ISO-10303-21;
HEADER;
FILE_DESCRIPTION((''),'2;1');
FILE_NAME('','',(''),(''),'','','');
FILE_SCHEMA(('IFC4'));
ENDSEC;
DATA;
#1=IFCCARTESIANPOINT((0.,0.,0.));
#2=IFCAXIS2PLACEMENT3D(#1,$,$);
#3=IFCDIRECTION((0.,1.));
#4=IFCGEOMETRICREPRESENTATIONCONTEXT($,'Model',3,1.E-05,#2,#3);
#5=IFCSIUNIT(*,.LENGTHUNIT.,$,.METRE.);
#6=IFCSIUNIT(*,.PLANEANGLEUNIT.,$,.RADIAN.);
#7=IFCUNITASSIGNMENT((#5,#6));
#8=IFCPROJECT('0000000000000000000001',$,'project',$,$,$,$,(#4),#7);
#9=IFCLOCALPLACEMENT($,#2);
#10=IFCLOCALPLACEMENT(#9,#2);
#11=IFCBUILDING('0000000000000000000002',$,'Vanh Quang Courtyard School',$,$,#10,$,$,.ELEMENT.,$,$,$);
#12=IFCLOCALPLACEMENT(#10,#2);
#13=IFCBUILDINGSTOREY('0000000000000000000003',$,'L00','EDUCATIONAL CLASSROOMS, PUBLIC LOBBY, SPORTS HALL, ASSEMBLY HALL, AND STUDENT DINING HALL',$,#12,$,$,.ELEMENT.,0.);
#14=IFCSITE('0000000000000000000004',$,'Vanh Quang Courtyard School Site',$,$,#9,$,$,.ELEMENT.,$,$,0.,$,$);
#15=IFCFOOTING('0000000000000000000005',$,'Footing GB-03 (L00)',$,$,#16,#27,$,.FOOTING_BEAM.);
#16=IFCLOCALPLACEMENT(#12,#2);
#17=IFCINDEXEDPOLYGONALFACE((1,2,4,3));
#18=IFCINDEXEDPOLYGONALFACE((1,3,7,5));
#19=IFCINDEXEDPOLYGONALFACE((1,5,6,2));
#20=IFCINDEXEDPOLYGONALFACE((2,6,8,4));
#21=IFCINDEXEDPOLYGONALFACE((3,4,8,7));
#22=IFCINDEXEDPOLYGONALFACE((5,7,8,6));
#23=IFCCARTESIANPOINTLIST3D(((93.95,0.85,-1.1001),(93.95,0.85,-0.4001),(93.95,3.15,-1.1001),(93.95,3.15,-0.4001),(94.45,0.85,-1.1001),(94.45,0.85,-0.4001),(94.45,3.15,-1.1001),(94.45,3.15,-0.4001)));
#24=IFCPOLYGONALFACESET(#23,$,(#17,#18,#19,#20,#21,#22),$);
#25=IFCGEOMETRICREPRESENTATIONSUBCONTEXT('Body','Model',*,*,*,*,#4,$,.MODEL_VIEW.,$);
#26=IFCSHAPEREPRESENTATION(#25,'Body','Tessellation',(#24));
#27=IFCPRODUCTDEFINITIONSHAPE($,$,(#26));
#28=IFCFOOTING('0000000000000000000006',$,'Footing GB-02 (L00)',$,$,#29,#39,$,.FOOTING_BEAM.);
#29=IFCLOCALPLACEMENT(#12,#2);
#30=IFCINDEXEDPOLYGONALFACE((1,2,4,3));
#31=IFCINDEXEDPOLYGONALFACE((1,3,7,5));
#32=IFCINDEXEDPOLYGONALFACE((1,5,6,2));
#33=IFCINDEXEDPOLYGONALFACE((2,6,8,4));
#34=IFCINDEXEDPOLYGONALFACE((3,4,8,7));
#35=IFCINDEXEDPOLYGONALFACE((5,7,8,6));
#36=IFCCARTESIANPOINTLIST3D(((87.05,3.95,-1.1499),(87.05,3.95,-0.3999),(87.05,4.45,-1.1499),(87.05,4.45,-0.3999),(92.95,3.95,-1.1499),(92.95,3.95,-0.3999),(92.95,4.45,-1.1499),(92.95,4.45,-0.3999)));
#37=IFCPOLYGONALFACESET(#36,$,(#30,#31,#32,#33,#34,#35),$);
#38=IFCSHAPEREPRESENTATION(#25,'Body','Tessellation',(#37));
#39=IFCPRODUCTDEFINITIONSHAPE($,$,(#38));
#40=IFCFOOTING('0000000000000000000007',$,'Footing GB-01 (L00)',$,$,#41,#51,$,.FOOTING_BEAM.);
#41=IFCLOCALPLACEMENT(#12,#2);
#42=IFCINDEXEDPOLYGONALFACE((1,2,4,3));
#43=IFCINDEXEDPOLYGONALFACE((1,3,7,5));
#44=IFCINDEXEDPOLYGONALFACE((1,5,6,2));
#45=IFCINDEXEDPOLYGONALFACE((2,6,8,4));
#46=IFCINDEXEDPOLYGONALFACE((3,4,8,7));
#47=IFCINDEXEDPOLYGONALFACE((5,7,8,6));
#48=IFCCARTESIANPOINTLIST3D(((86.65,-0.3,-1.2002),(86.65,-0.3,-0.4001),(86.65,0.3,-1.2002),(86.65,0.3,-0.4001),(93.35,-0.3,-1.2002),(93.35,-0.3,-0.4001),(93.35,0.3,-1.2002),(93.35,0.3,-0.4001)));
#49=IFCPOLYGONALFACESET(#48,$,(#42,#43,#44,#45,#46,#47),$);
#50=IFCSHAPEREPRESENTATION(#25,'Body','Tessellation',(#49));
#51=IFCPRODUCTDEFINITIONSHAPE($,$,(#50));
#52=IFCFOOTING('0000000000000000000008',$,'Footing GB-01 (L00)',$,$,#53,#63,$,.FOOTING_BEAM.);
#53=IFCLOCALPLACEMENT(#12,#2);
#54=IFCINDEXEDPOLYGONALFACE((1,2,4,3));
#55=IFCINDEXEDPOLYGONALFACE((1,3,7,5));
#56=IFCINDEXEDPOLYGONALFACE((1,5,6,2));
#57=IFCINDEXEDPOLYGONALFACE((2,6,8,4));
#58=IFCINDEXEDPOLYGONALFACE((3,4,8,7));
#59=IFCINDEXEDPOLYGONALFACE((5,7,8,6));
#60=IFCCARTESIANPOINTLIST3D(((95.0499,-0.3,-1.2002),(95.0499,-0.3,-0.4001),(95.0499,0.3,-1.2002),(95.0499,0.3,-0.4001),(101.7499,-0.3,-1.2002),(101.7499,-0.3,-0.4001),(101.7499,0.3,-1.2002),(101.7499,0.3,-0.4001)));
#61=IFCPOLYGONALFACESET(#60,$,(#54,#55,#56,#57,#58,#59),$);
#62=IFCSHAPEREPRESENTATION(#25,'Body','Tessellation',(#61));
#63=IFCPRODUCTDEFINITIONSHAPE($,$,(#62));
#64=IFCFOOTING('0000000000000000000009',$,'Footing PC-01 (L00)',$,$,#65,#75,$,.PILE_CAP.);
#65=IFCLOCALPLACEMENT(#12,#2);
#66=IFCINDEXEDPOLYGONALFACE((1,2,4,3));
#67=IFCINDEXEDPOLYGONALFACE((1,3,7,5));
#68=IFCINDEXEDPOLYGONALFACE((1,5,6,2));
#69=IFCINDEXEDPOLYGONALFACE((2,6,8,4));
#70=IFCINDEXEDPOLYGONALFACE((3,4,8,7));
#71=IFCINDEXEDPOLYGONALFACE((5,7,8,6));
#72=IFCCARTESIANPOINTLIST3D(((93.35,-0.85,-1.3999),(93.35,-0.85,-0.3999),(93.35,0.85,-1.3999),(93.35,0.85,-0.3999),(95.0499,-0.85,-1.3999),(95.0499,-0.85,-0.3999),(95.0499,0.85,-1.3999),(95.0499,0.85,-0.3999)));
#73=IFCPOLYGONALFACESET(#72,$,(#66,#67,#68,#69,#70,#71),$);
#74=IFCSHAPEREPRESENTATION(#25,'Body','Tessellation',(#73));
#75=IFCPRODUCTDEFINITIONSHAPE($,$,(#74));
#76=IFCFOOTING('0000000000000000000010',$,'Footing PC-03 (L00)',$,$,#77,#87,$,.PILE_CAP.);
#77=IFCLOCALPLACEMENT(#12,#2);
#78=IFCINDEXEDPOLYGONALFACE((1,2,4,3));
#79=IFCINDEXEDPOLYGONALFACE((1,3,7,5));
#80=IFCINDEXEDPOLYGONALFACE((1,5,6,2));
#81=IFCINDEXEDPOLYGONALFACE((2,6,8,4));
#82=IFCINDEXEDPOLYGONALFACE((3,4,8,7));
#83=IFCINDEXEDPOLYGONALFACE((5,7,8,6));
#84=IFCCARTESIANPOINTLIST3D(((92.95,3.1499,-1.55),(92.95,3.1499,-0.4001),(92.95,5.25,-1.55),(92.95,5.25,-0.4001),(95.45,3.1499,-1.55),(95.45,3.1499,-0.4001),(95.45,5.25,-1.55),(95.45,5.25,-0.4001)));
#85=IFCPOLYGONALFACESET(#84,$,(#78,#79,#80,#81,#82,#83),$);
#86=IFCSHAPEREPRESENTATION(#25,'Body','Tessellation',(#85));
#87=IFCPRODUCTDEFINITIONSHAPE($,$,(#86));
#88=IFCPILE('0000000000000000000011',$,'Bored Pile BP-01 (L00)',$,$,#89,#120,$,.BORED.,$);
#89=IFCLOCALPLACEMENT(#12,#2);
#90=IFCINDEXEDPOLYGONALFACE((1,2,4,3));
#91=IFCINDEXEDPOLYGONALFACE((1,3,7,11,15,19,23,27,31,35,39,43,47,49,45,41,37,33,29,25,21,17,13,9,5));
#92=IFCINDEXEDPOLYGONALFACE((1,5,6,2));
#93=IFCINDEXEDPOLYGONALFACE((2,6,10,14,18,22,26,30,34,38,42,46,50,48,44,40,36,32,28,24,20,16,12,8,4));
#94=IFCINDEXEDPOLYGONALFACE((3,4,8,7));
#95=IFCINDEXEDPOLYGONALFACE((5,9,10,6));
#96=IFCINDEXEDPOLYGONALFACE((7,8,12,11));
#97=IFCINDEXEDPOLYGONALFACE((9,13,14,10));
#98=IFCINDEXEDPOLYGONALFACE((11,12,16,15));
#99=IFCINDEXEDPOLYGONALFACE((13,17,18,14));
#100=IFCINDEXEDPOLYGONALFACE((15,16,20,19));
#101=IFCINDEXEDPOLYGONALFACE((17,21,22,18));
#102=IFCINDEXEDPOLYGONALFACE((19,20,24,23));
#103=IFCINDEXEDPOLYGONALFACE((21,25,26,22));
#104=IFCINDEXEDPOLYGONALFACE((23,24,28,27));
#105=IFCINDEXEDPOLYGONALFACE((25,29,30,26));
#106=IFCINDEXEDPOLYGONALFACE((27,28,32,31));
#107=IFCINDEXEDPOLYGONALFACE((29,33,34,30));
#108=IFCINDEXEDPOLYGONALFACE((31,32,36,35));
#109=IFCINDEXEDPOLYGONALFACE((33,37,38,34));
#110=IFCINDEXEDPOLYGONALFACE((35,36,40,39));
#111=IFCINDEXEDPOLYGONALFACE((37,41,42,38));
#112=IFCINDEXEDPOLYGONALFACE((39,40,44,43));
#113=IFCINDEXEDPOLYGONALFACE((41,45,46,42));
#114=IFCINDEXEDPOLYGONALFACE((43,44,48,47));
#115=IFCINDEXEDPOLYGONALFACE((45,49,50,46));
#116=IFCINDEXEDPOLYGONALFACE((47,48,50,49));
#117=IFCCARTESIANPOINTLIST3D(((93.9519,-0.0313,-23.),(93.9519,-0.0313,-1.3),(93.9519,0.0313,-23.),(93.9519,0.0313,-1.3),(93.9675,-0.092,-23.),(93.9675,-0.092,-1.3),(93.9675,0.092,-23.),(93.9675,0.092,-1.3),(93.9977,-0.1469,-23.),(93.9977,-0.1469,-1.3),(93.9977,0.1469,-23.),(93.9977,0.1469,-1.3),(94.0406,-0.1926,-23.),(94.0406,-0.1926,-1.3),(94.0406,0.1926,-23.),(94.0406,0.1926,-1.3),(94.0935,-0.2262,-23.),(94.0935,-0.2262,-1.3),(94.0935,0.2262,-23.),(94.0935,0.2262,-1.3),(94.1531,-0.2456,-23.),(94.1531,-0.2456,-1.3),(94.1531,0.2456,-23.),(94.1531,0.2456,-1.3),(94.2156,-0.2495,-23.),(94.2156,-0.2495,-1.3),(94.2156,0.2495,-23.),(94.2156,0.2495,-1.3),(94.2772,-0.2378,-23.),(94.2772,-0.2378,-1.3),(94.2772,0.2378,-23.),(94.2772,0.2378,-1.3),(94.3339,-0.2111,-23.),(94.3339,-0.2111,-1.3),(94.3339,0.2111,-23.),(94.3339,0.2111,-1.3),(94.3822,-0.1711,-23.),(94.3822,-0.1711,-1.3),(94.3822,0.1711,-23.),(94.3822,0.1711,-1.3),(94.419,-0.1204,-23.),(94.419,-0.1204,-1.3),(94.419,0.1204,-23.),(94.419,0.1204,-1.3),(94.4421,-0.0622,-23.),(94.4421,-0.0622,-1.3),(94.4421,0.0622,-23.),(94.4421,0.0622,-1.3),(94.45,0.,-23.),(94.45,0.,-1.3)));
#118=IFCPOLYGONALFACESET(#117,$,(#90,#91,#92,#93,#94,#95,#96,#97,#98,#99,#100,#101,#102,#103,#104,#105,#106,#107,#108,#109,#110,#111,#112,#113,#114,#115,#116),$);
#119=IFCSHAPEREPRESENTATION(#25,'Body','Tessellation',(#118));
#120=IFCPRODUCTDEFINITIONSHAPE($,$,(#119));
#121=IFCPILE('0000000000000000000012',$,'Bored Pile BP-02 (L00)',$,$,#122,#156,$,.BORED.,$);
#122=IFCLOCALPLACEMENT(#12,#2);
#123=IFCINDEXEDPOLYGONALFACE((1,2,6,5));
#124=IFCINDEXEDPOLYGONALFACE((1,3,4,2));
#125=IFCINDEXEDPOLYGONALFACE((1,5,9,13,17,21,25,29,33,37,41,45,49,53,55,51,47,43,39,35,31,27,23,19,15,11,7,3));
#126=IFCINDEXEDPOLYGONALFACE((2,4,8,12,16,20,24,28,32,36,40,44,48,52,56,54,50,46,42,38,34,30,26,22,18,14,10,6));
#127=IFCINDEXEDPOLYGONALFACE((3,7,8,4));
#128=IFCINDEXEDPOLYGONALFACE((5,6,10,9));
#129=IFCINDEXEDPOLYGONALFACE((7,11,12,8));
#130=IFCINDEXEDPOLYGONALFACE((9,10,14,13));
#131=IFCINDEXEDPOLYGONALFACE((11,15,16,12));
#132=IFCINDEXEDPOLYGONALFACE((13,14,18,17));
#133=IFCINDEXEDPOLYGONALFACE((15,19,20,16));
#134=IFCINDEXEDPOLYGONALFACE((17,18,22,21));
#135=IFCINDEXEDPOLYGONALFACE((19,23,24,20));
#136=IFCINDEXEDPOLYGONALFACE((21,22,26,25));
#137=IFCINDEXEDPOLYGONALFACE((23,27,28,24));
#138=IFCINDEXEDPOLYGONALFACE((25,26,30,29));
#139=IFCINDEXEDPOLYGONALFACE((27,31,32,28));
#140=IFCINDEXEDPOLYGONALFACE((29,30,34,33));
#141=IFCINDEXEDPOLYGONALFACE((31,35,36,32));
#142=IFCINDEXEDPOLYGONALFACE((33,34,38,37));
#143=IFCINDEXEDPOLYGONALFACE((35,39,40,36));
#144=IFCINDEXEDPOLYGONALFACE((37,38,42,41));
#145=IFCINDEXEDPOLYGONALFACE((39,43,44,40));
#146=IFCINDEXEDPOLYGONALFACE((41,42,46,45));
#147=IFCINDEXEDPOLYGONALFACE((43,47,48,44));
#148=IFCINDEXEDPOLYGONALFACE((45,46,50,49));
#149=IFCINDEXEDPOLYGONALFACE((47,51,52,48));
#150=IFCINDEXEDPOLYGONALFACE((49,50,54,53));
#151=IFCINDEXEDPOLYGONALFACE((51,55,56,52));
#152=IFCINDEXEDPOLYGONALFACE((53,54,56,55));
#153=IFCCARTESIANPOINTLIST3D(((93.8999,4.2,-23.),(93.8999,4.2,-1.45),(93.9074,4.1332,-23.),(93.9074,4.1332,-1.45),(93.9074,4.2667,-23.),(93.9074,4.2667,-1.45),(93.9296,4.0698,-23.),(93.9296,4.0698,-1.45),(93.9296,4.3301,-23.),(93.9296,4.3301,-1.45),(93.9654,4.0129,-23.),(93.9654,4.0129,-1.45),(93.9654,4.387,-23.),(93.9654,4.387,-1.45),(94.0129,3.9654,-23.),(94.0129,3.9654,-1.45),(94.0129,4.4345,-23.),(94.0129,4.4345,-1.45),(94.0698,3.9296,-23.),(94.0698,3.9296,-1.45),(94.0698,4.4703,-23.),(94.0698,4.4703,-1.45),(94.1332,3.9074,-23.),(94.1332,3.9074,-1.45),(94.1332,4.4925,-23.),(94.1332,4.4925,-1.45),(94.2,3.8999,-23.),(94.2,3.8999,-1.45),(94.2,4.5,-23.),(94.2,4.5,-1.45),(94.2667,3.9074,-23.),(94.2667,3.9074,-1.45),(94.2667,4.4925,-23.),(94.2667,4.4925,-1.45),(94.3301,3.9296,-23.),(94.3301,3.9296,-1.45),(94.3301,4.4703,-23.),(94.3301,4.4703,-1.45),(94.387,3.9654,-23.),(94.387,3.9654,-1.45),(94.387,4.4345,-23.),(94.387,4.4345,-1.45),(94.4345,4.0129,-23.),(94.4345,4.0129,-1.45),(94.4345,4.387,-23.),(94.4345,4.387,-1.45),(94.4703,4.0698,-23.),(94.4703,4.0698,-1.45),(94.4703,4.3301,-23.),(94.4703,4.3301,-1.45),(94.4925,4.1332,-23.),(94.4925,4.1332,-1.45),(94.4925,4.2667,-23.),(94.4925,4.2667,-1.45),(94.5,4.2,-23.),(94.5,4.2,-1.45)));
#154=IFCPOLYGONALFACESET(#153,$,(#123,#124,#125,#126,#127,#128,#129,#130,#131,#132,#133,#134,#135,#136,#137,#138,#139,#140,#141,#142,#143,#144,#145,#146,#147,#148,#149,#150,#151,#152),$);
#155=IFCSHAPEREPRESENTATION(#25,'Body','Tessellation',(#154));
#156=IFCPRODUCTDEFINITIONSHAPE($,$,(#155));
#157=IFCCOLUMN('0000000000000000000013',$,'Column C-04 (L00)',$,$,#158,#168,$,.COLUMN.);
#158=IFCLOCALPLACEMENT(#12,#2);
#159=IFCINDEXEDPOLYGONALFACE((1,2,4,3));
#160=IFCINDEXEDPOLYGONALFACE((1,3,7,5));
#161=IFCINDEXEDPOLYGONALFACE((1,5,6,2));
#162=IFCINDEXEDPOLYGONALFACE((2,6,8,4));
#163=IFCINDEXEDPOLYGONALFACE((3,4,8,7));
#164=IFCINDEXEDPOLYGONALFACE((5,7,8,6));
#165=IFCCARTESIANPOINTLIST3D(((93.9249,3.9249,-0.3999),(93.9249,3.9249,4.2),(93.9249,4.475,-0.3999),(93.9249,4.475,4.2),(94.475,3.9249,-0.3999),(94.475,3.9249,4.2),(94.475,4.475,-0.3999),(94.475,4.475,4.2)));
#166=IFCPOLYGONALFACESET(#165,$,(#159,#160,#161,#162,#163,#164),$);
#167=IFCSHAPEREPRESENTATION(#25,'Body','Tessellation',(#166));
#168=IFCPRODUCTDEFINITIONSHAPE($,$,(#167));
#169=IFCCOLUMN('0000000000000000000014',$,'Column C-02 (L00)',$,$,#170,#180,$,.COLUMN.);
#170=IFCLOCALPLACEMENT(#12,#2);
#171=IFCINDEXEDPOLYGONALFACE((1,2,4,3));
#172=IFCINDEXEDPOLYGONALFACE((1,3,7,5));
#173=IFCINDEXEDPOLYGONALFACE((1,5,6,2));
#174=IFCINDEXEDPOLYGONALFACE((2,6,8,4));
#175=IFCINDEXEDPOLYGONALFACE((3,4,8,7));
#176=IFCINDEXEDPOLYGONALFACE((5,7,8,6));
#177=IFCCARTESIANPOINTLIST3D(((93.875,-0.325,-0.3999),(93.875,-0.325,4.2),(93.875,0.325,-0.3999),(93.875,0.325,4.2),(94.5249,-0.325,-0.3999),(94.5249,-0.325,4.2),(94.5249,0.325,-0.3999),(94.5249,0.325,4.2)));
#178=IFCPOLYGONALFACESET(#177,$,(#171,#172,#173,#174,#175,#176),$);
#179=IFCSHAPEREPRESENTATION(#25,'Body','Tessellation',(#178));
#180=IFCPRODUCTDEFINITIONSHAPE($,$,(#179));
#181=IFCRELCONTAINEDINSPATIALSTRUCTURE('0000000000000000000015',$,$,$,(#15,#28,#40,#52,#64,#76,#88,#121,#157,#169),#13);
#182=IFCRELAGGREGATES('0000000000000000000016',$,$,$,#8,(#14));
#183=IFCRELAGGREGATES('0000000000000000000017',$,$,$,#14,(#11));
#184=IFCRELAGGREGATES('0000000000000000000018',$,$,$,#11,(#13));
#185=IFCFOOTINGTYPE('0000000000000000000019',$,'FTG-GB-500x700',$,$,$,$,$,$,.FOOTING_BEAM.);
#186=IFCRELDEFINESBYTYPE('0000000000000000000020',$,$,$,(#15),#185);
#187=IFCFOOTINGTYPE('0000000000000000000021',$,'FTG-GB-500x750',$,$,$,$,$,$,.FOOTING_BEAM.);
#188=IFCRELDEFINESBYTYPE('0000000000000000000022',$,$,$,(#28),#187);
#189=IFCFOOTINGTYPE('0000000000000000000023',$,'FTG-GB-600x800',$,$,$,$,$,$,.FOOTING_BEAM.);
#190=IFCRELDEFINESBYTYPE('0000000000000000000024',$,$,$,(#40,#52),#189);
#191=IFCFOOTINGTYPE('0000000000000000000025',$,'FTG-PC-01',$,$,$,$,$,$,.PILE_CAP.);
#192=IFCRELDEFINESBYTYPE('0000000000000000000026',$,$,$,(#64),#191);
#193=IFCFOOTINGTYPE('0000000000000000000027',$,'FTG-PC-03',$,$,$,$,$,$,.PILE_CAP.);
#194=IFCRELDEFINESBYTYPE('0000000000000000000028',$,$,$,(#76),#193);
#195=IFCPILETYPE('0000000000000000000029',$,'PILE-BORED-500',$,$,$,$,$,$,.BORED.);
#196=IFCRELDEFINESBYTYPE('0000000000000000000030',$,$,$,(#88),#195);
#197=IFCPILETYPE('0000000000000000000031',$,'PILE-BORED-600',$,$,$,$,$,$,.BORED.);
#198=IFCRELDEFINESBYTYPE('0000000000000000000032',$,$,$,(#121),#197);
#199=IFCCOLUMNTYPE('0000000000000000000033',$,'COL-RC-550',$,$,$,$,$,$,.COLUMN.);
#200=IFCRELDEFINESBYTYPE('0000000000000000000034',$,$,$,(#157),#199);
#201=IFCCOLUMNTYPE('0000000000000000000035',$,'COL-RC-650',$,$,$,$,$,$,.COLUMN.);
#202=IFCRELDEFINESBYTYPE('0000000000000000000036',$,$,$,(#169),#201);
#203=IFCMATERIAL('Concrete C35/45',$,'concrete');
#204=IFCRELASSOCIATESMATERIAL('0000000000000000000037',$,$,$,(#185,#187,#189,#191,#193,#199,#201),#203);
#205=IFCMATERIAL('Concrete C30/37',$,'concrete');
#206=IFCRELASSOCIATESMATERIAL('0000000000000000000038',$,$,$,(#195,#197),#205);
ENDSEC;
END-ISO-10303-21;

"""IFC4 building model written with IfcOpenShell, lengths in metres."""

from ifc_helpers import new_model, si_unit, direction, frame, origin, origin_2d, place, context, subcontext, project, spatial, rectangle, circle, extrude, material, material_profile, profile_set, type_object, element, save


model = new_model("IFC4")

# Units and contexts
model_context = context("Model", 3, precision=1e-05, world=origin(), true_north=direction((0.0, 1.0)))
body_context = subcontext(model_context, "Body", "Model", "MODEL_VIEW")
ifc_project = project(units=[si_unit("LENGTHUNIT", "METRE"), si_unit("PLANEANGLEUNIT", "RADIAN")], contexts=[model_context])

# Site, building, storey
site_placement = place(None, origin())
site = spatial("IfcSite", under=ifc_project, at=site_placement, Name="Vanh Quang Courtyard School Site", CompositionType="ELEMENT", RefElevation=0.0)
building_placement = place(site_placement, origin())
building = spatial("IfcBuilding", under=site, at=building_placement, Name="Vanh Quang Courtyard School", CompositionType="ELEMENT")
storey_placement = place(building_placement, origin())
storey = spatial("IfcBuildingStorey", under=building, at=storey_placement, Name="L00", Description="EDUCATIONAL CLASSROOMS, PUBLIC LOBBY, SPORTS HALL, ASSEMBLY HALL, AND STUDENT DINING HALL", CompositionType="ELEMENT", Elevation=0.0)

# Footings
ifc_material_1 = material(Name="Concrete C35/45", Category="concrete")
footing_type_1 = type_object("IfcFootingType", Name="FTG-GB-500x700", PredefinedType="FOOTING_BEAM", material=ifc_material_1)
footing_1_placement = place(storey_placement, frame((94.2, 2.0, -1.1001), z_axis=(0.0, 0.0, 1.0), x_axis=(0.0, 1.0, 0.0)))
element("IfcFooting", 1, at=footing_1_placement, inside=storey, type_object=footing_type_1, Name="Footing GB-03 (L00)", PredefinedType="FOOTING_BEAM", context=body_context, shape_type="SweptSolid", body=[
    extrude(rectangle(XDim=2.3, YDim=0.5, at=origin_2d()), origin(), (0.0, 0.0, 1.0), 0.7),
])
footing_type_2 = type_object("IfcFootingType", Name="FTG-GB-500x750", PredefinedType="FOOTING_BEAM", material=ifc_material_1)
footing_2_placement = place(storey_placement, frame((90.0, 4.2, -1.1499), z_axis=(0.0, 0.0, 1.0), x_axis=(1.0, 0.0, 0.0)))
element("IfcFooting", 2, at=footing_2_placement, inside=storey, type_object=footing_type_2, Name="Footing GB-02 (L00)", PredefinedType="FOOTING_BEAM", context=body_context, shape_type="SweptSolid", body=[
    extrude(rectangle(XDim=5.8999, YDim=0.5, at=origin_2d()), origin(), (0.0, 0.0, 1.0), 0.75),
])
footing_type_3 = type_object("IfcFootingType", Name="FTG-GB-600x800", PredefinedType="FOOTING_BEAM", material=ifc_material_1)
for number, where, z_axis, x_axis, name in (
    (3, (90.0, 0.0, -1.2002), (0.0, 0.0, 1.0), (1.0, 0.0, 0.0), "Footing GB-01 (L00)"),
    (4, (98.3999, 0.0, -1.2002), (0.0, 0.0, 1.0), (1.0, 0.0, 0.0), "Footing GB-01 (L00)"),
):
    element("IfcFooting", number, at=place(storey_placement, frame(where, z_axis=z_axis, x_axis=x_axis)), inside=storey, type_object=footing_type_3, Name=name, PredefinedType="FOOTING_BEAM", context=body_context, shape_type="SweptSolid", body=[
        extrude(rectangle(XDim=6.7, YDim=0.6001, at=origin_2d()), origin(), (0.0, 0.0, 1.0), 0.8),
    ])
footing_type_4 = type_object("IfcFootingType", Name="FTG-PC-01", PredefinedType="PILE_CAP", material=ifc_material_1)
footing_3_placement = place(storey_placement, frame((94.2, 0.0, -1.3999), z_axis=(0.0, 0.0, 1.0), x_axis=(1.0, 0.0, 0.0)))
element("IfcFooting", 5, at=footing_3_placement, inside=storey, type_object=footing_type_4, Name="Footing PC-01 (L00)", PredefinedType="PILE_CAP", context=body_context, shape_type="SweptSolid", body=[
    extrude(rectangle(XDim=1.7, YDim=1.7, at=origin_2d()), origin(), (0.0, 0.0, 1.0), 1.0),
])
footing_type_5 = type_object("IfcFootingType", Name="FTG-PC-03", PredefinedType="PILE_CAP", material=ifc_material_1)
footing_4_placement = place(storey_placement, frame((94.2, 4.2, -1.55), z_axis=(0.0, 0.0, 1.0), x_axis=(1.0, 0.0, 0.0)))
element("IfcFooting", 6, at=footing_4_placement, inside=storey, type_object=footing_type_5, Name="Footing PC-03 (L00)", PredefinedType="PILE_CAP", context=body_context, shape_type="SweptSolid", body=[
    extrude(rectangle(XDim=2.5, YDim=2.1001, at=origin_2d()), origin(), (0.0, 0.0, 1.0), 1.1499),
])

# Piles
ifc_material_2 = material(Name="Concrete C30/37", Category="concrete")
ifc_material_profile_1 = material_profile(ifc_material_2, circle(Radius=0.25, at=origin_2d()), Name="PILE D500")
ifc_profile_set_1 = profile_set([ifc_material_profile_1], Name="Concrete C30/37")
pile_type_1 = type_object("IfcPileType", Name="PILE-BORED-500", PredefinedType="BORED", material=ifc_profile_set_1)
pile_1_placement = place(storey_placement, frame((94.2, 0.0, -1.3), z_axis=(0.0, 0.0, -1.0), x_axis=(1.0, 0.0, 0.0)))
element("IfcPile", 7, at=pile_1_placement, inside=storey, type_object=pile_type_1, Name="Bored Pile BP-01 (L00)", PredefinedType="BORED", context=body_context, shape_type="SweptSolid", body=[
    extrude(circle(Radius=0.25, at=origin_2d()), origin(), (0.0, 0.0, 1.0), 21.7),
])
ifc_material_profile_2 = material_profile(ifc_material_2, circle(Radius=0.3, at=origin_2d()), Name="PILE D600")
ifc_profile_set_2 = profile_set([ifc_material_profile_2], Name="Concrete C30/37")
pile_type_2 = type_object("IfcPileType", Name="PILE-BORED-600", PredefinedType="BORED", material=ifc_profile_set_2)
pile_2_placement = place(storey_placement, frame((94.2, 4.2, -1.45), z_axis=(0.0, 0.0, -1.0), x_axis=(1.0, 0.0, 0.0)))
element("IfcPile", 8, at=pile_2_placement, inside=storey, type_object=pile_type_2, Name="Bored Pile BP-02 (L00)", PredefinedType="BORED", context=body_context, shape_type="SweptSolid", body=[
    extrude(circle(Radius=0.3, at=origin_2d()), origin(), (0.0, 0.0, 1.0), 21.55),
])

# Columns
ifc_material_profile_3 = material_profile(ifc_material_1, rectangle(XDim=0.55, YDim=0.55, at=origin_2d()), Name="RC-COL 550x550")
ifc_profile_set_3 = profile_set([ifc_material_profile_3], Name="Concrete C35/45")
column_type_1 = type_object("IfcColumnType", Name="COL-RC-550", PredefinedType="COLUMN", material=ifc_profile_set_3)
column_1_placement = place(storey_placement, frame((94.2, 4.2, -0.3999), z_axis=(0.0, 0.0, 1.0), x_axis=(1.0, 0.0, 0.0)))
element("IfcColumn", 9, at=column_1_placement, inside=storey, type_object=column_type_1, Name="Column C-04 (L00)", PredefinedType="COLUMN", context=body_context, shape_type="SweptSolid", body=[
    extrude(rectangle(XDim=0.55, YDim=0.55, at=origin_2d()), origin(), (0.0, 0.0, 1.0), 4.5999),
])
ifc_material_profile_4 = material_profile(ifc_material_1, rectangle(XDim=0.6499, YDim=0.6499, at=origin_2d()), Name="RC-COL 650x650")
ifc_profile_set_4 = profile_set([ifc_material_profile_4], Name="Concrete C35/45")
column_type_2 = type_object("IfcColumnType", Name="COL-RC-650", PredefinedType="COLUMN", material=ifc_profile_set_4)
column_2_placement = place(storey_placement, frame((94.2, 0.0, -0.3999), z_axis=(0.0, 0.0, 1.0), x_axis=(1.0, 0.0, 0.0)))
element("IfcColumn", 10, at=column_2_placement, inside=storey, type_object=column_type_2, Name="Column C-02 (L00)", PredefinedType="COLUMN", context=body_context, shape_type="SweptSolid", body=[
    extrude(rectangle(XDim=0.6499, YDim=0.6499, at=origin_2d()), origin(), (0.0, 0.0, 1.0), 4.5999),
])

save(model, "model.ifc")
